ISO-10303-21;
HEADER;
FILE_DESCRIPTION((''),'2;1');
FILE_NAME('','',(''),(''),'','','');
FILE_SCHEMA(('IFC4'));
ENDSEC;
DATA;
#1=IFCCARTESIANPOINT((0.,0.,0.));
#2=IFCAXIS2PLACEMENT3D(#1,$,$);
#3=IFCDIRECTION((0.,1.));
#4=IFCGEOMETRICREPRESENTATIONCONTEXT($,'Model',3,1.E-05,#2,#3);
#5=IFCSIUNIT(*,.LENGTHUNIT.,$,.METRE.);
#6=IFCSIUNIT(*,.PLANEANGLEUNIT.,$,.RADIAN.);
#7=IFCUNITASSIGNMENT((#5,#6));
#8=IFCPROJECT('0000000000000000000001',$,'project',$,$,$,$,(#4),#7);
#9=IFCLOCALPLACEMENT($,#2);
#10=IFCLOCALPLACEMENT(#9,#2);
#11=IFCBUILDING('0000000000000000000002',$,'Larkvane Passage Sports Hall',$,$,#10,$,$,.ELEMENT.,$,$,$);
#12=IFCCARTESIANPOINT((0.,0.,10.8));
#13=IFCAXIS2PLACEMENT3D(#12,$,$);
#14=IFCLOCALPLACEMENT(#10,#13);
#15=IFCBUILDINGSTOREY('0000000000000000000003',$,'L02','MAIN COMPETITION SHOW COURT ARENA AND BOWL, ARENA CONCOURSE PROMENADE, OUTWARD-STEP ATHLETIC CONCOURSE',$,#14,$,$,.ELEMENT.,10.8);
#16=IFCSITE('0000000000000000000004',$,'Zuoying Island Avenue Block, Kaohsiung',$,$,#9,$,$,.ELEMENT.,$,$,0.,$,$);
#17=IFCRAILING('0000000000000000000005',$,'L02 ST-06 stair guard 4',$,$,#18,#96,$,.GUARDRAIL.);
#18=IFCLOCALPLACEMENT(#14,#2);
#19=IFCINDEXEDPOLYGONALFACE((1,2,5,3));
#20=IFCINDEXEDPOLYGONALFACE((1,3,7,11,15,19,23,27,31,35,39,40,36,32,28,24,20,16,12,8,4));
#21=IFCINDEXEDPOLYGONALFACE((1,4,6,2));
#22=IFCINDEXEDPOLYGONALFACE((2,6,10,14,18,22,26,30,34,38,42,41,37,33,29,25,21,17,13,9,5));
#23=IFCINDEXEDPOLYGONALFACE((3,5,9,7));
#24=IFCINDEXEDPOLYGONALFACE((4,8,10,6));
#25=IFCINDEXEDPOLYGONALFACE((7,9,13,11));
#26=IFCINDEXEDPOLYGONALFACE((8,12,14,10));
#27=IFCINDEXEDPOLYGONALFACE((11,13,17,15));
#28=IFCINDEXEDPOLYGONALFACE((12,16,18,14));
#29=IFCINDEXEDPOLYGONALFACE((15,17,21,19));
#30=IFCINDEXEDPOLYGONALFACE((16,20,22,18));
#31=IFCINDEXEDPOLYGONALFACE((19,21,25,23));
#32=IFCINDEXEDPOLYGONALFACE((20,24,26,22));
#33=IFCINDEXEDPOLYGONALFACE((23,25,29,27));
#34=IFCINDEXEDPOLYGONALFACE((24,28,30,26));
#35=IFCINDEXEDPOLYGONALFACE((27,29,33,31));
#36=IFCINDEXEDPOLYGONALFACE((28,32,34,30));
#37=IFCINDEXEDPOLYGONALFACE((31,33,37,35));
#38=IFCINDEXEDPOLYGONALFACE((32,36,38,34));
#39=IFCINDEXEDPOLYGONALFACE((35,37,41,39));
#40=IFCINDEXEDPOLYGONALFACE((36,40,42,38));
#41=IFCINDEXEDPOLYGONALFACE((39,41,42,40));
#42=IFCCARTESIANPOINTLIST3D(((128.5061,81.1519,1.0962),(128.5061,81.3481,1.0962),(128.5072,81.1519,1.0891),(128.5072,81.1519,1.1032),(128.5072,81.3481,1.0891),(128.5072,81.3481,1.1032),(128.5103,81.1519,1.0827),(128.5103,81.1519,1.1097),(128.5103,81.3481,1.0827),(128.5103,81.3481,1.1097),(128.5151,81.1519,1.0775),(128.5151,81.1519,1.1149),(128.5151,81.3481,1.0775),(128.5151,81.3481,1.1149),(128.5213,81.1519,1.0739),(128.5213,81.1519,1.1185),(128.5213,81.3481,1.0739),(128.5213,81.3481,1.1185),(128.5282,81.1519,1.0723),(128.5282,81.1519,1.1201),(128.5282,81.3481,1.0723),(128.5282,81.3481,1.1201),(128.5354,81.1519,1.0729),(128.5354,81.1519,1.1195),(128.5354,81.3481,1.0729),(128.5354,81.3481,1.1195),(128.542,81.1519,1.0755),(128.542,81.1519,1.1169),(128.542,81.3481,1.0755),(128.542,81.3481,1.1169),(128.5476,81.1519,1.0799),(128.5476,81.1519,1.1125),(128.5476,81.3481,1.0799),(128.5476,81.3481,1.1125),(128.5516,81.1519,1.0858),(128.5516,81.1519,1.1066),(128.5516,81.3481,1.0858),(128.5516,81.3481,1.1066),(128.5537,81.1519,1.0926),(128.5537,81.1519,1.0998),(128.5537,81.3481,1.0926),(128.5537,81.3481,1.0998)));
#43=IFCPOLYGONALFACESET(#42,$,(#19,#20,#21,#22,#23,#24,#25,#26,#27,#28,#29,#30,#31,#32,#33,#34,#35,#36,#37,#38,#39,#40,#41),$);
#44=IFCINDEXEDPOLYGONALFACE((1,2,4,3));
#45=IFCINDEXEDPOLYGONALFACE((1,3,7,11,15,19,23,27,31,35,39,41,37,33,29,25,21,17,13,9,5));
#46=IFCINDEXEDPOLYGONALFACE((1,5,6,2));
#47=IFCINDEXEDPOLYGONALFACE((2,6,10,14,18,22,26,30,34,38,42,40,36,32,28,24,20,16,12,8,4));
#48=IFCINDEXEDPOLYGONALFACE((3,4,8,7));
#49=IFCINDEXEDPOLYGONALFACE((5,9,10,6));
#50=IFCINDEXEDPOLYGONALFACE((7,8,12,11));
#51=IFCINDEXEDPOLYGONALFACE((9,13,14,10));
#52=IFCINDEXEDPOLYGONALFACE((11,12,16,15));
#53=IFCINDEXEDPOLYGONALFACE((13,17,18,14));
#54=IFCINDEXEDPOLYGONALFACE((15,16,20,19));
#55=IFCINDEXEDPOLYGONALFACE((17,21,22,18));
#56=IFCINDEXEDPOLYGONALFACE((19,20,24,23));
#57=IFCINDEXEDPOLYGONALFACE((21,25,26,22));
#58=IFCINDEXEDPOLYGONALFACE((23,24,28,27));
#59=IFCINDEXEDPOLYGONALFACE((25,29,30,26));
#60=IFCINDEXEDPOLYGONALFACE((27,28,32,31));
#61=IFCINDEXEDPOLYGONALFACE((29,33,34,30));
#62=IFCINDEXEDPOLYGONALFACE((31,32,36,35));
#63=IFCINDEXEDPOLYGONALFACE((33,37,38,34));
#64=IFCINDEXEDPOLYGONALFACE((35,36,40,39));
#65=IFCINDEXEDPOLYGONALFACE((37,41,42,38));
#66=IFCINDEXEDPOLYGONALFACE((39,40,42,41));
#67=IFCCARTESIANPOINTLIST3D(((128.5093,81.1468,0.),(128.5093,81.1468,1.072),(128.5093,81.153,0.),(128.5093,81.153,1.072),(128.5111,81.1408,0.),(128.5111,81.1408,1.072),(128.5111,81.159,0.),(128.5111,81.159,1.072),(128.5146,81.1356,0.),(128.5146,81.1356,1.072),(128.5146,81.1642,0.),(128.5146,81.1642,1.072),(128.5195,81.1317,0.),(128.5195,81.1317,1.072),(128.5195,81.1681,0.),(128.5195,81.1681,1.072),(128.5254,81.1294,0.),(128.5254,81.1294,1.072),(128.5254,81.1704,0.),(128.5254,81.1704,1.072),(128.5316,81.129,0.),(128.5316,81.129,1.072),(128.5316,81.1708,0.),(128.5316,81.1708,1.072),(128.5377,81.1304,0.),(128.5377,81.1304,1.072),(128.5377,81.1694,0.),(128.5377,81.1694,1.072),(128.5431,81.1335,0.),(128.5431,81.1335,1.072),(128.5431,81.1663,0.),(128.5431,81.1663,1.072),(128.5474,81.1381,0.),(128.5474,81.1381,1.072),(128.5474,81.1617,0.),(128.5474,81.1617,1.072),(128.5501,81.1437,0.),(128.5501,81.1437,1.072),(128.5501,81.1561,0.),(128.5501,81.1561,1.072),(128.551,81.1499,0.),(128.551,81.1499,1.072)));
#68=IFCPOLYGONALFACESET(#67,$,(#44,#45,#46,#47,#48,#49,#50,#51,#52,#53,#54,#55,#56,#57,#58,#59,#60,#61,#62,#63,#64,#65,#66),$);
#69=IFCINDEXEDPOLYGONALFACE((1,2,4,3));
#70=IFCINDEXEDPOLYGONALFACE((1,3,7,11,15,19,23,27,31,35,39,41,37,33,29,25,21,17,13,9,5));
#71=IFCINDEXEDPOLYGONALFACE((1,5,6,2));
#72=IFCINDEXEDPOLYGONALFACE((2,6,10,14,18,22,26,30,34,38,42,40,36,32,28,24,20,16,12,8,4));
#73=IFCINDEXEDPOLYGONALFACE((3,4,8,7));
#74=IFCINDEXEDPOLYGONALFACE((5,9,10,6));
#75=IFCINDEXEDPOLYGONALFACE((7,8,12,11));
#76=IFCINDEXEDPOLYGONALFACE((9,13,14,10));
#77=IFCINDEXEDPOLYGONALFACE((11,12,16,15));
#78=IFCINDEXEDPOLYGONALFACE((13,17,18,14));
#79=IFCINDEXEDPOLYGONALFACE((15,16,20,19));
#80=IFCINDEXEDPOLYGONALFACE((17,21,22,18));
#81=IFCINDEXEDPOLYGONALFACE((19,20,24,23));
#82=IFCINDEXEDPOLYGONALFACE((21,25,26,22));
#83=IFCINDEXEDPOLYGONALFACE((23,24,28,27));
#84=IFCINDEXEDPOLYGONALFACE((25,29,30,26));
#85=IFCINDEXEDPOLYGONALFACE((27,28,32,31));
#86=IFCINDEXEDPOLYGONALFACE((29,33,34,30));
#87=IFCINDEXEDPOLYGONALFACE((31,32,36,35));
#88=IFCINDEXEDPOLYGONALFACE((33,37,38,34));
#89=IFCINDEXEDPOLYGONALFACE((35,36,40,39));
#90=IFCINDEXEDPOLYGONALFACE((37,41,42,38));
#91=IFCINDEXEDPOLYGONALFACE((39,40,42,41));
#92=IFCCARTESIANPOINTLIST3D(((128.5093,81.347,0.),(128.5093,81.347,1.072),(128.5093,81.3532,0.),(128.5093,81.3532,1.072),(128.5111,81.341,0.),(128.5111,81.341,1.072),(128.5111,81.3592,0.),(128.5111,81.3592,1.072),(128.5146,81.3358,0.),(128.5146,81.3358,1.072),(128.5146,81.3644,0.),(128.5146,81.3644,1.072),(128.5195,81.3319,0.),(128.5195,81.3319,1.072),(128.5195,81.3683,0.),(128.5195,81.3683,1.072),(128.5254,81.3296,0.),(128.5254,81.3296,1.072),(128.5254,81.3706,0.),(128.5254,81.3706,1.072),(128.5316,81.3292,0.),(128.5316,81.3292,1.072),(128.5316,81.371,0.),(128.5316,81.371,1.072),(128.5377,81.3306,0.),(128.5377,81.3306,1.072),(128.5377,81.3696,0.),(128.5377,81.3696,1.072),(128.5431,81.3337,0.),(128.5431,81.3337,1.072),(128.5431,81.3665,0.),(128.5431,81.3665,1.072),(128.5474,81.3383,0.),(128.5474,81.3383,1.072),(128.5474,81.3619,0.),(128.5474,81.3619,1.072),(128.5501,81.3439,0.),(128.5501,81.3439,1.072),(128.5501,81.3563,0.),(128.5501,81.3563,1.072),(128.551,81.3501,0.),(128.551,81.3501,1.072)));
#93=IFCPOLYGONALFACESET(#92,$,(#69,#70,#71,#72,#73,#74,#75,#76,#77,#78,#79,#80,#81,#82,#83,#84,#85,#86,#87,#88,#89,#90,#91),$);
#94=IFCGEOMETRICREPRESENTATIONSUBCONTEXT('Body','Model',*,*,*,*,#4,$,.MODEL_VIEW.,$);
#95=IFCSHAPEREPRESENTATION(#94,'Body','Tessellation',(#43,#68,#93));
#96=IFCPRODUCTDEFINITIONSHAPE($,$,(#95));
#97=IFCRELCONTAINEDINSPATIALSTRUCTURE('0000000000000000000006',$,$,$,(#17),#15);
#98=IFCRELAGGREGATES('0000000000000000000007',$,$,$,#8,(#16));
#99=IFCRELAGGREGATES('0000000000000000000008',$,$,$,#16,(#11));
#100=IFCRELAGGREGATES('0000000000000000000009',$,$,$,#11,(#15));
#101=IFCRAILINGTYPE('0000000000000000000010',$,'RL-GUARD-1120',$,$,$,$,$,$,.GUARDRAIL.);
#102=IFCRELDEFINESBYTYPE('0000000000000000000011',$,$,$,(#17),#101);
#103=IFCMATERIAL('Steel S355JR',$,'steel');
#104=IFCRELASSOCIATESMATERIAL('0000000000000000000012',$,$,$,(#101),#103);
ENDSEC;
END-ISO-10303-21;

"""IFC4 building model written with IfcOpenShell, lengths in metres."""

from ifc_helpers import new_model, si_unit, direction, frame, origin, origin_2d, place, context, subcontext, project, spatial, circle, extrude, material, type_object, element, save


model = new_model("IFC4")

# Units and contexts
model_context = context("Model", 3, precision=1e-05, world=origin(), true_north=direction((0.0, 1.0)))
body_context = subcontext(model_context, "Body", "Model", "MODEL_VIEW")
ifc_project = project(units=[si_unit("LENGTHUNIT", "METRE"), si_unit("PLANEANGLEUNIT", "RADIAN")], contexts=[model_context])

# Site, building, storey
site_placement = place(None, origin())
site = spatial("IfcSite", under=ifc_project, at=site_placement, Name="Zuoying Island Avenue Block, Kaohsiung", CompositionType="ELEMENT", RefElevation=0.0)
building_placement = place(site_placement, origin())
building = spatial("IfcBuilding", under=site, at=building_placement, Name="Larkvane Passage Sports Hall", CompositionType="ELEMENT")
storey_placement = place(building_placement, frame((0.0, 0.0, 10.8)))
storey = spatial("IfcBuildingStorey", under=building, at=storey_placement, Name="L02", Description="MAIN COMPETITION SHOW COURT ARENA AND BOWL, ARENA CONCOURSE PROMENADE, OUTWARD-STEP ATHLETIC CONCOURSE", CompositionType="ELEMENT", Elevation=10.8)

# Shared definitions
ifc_material_1 = material(Name="Steel S355JR", Category="steel")

# Railing
railing_type_1 = type_object("IfcRailingType", Name="RL-GUARD-1120", PredefinedType="GUARDRAIL", material=ifc_material_1)
railing_1_placement = place(storey_placement, frame((128.53, 81.1499, 0.0)))
element("IfcRailing", 1, at=railing_1_placement, inside=storey, type_object=railing_type_1, Name="L02 ST-06 stair guard 4", PredefinedType="GUARDRAIL", context=body_context, shape_type="SweptSolid", body=[
    extrude(circle(Radius=0.0239, at=origin_2d()), frame((0.0, 0.002, 1.0962), z_axis=(0.0, 1.0, 0.0), x_axis=(-1.0, 0.0, 0.0)), (0.0, 0.0, 1.0), 0.1963),
    extrude(circle(Radius=0.021, at=origin_2d()), origin(), (0.0, 0.0, 1.0), 1.072),
    extrude(circle(Radius=0.021, at=origin_2d()), frame((0.0, 0.2002, 0.0)), (0.0, 0.0, 1.0), 1.072),
])

save(model, "model.ifc")
